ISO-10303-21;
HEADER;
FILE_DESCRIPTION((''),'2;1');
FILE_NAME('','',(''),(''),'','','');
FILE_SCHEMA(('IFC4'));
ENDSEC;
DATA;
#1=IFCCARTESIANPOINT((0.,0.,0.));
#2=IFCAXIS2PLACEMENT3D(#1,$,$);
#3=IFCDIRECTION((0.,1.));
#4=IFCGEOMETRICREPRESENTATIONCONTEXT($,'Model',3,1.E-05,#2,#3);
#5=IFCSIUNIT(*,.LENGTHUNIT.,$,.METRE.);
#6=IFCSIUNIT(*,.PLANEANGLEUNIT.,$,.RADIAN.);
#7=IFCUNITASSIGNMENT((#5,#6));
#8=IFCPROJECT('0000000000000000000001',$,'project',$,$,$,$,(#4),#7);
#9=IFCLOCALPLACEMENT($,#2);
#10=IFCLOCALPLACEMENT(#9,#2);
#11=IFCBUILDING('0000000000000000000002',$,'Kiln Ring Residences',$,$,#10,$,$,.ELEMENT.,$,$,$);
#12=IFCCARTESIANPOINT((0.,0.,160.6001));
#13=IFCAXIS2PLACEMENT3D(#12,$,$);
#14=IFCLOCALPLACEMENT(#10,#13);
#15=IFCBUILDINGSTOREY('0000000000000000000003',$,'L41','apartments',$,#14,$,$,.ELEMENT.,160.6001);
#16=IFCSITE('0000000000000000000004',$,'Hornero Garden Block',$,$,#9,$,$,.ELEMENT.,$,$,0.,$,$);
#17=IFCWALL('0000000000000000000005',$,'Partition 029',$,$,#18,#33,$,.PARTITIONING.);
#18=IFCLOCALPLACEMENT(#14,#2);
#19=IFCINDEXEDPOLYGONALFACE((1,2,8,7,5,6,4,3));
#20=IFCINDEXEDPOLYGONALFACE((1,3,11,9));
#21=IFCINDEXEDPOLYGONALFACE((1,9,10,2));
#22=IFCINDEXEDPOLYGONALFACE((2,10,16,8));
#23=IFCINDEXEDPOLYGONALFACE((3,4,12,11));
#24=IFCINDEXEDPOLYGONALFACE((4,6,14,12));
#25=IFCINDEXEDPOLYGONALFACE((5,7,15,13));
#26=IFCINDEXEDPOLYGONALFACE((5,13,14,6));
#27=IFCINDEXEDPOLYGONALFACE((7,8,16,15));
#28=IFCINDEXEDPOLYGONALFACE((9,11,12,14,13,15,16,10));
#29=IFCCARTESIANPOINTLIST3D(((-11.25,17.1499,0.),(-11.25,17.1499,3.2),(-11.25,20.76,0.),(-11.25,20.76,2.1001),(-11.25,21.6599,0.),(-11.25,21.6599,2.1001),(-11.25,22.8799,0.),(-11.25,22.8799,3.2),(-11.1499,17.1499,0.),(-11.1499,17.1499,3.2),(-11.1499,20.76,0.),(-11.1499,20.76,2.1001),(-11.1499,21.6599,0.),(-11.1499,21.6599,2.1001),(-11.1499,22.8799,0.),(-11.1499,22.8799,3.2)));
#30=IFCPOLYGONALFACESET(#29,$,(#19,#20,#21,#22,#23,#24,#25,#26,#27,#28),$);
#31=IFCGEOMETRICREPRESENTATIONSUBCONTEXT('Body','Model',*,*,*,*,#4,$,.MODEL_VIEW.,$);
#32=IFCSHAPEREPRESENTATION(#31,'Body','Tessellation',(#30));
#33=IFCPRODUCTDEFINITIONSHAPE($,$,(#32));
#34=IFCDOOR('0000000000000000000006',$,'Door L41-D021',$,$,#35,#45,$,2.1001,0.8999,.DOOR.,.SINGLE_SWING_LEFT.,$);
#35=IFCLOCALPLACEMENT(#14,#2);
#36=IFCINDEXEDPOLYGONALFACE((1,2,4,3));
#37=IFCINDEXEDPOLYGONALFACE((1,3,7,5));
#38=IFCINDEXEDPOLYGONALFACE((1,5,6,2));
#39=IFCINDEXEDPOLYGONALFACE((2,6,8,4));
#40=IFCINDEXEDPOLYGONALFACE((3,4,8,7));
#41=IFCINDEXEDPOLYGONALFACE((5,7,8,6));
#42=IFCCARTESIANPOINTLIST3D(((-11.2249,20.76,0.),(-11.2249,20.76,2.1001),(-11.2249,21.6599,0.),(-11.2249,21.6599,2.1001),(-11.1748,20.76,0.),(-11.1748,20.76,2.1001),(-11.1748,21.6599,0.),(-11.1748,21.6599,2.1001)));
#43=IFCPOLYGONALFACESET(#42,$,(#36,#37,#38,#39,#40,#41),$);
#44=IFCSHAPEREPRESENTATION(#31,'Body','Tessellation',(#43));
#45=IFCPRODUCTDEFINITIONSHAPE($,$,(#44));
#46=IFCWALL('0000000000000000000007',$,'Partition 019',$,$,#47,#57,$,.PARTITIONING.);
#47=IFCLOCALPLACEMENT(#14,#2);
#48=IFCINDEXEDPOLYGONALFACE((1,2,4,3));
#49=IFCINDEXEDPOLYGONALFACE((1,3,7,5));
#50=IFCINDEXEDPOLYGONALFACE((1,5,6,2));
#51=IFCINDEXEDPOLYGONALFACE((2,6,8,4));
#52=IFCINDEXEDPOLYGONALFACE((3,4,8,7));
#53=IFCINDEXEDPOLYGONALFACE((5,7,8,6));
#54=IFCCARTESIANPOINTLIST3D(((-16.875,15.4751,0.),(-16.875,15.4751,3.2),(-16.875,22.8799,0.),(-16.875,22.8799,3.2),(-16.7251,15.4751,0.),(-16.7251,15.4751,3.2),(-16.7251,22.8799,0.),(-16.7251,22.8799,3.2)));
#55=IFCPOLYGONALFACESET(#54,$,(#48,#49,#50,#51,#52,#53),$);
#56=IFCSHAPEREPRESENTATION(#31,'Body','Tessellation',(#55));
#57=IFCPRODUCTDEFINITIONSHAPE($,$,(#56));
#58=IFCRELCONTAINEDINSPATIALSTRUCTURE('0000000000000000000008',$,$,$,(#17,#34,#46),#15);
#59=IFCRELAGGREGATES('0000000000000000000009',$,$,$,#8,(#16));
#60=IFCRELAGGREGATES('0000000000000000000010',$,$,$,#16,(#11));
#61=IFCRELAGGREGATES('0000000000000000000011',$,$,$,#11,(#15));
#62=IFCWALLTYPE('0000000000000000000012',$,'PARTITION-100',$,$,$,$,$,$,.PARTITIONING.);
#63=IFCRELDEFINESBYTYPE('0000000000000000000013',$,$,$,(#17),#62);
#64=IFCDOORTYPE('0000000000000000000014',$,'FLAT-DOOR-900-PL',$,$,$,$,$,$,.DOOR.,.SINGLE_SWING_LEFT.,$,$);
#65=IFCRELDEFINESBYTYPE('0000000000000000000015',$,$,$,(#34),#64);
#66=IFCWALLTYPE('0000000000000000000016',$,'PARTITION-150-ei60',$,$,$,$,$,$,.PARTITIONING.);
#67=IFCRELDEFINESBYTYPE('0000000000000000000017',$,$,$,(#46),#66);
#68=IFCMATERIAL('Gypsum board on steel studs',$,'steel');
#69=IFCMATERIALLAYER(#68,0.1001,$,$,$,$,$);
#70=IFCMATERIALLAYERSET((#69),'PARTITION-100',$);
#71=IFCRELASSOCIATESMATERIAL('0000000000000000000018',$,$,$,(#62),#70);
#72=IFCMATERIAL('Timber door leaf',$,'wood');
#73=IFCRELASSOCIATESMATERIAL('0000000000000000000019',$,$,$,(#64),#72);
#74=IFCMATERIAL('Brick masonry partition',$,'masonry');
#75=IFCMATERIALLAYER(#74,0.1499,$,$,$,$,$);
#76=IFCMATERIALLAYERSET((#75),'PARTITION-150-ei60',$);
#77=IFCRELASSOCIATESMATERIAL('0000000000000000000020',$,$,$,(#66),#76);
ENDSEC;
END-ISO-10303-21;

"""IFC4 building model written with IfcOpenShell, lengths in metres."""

from ifc_helpers import new_model, si_unit, direction, frame, frame_2d, origin, place, context, subcontext, project, spatial, rectangle, extrude, material, layer, layer_set, type_object, element, fill, save


model = new_model("IFC4")

# Units and contexts
model_context = context("Model", 3, precision=1e-05, world=origin(), true_north=direction((0.0, 1.0)))
body_context = subcontext(model_context, "Body", "Model", "MODEL_VIEW")
ifc_project = project(units=[si_unit("LENGTHUNIT", "METRE"), si_unit("PLANEANGLEUNIT", "RADIAN")], contexts=[model_context])

# Site, building, storey
site_placement = place(None, origin())
site = spatial("IfcSite", under=ifc_project, at=site_placement, Name="Hornero Garden Block", CompositionType="ELEMENT", RefElevation=0.0)
building_placement = place(site_placement, origin())
building = spatial("IfcBuilding", under=site, at=building_placement, Name="Kiln Ring Residences", CompositionType="ELEMENT")
storey_placement = place(building_placement, frame((0.0, 0.0, 160.6001)))
storey = spatial("IfcBuildingStorey", under=building, at=storey_placement, Name="L41", Description="apartments", CompositionType="ELEMENT", Elevation=160.6001)

# Shared definitions
ifc_material_1 = material(Name="Gypsum board on steel studs", Category="steel")
ifc_layer_1 = layer(ifc_material_1, 0.1001)
ifc_layer_set_1 = layer_set([ifc_layer_1], Name="PARTITION-100")
wall_type_1 = type_object("IfcWallType", Name="PARTITION-100", PredefinedType="PARTITIONING", material=ifc_layer_set_1)
ifc_material_2 = material(Name="Timber door leaf", Category="wood")
door_type_1 = type_object("IfcDoorType", Name="FLAT-DOOR-900-PL", OperationType="SINGLE_SWING_LEFT", PredefinedType="DOOR", material=ifc_material_2)

# Wall, opening, door
wall_1_placement = place(storey_placement, frame((-11.2, 17.1499, 0.0), z_axis=(0.0, 0.0, 1.0), x_axis=(0.0, 1.0, 0.0)))
wall_1 = element("IfcWall", 1, at=wall_1_placement, inside=storey, type_object=wall_type_1, Name="Partition 029", PredefinedType="PARTITIONING", context=body_context, shape_type="SweptSolid", body=[
    extrude(rectangle(XDim=5.73, YDim=0.1001, at=frame_2d((2.865, 0.0))), origin(), (0.0, 0.0, 1.0), 3.2),
])
opening_1_placement = place(wall_1_placement, frame((3.6101, 0.0, 0.0)))
opening_1 = element("IfcOpeningElement", 2, at=opening_1_placement, cuts=wall_1, PredefinedType="OPENING", context=body_context, shape_type="SweptSolid", body=[
    extrude(rectangle(XDim=0.8999, YDim=2.1001, at=frame_2d((0.45, 1.05))), frame((0.0, 0.0601, 0.0), z_axis=(0.0, -1.0, 0.0), x_axis=(1.0, 0.0, 0.0)), (0.0, 0.0, 1.0), 0.1201),
])
door_1_placement = place(opening_1_placement, origin())
door_1 = element("IfcDoor", 3, at=door_1_placement, inside=storey, type_object=door_type_1, Name="Door L41-D021", OperationType="SINGLE_SWING_LEFT", OverallHeight=2.1001, OverallWidth=0.8999, PredefinedType="DOOR", context=body_context, shape_type="SweptSolid", body=[
    extrude(rectangle(XDim=0.8999, YDim=2.1001, at=frame_2d((0.45, 1.05))), frame((0.0, 0.0249, 0.0), z_axis=(0.0, -1.0, 0.0), x_axis=(1.0, 0.0, 0.0)), (0.0, 0.0, 1.0), 0.05),
])
fill(opening_1, door_1)

# Wall
ifc_material_3 = material(Name="Brick masonry partition", Category="masonry")
ifc_layer_2 = layer(ifc_material_3, 0.1499)
ifc_layer_set_2 = layer_set([ifc_layer_2], Name="PARTITION-150-ei60")
wall_type_2 = type_object("IfcWallType", Name="PARTITION-150-ei60", PredefinedType="PARTITIONING", material=ifc_layer_set_2)
wall_2_placement = place(storey_placement, frame((-16.8, 15.4751, 0.0), z_axis=(0.0, 0.0, 1.0), x_axis=(0.0, 1.0, 0.0)))
element("IfcWall", 4, at=wall_2_placement, inside=storey, type_object=wall_type_2, Name="Partition 019", PredefinedType="PARTITIONING", context=body_context, shape_type="SweptSolid", body=[
    extrude(rectangle(XDim=7.4048, YDim=0.1499, at=frame_2d((3.7024, 0.0))), origin(), (0.0, 0.0, 1.0), 3.2),
])

save(model, "model.ifc")
